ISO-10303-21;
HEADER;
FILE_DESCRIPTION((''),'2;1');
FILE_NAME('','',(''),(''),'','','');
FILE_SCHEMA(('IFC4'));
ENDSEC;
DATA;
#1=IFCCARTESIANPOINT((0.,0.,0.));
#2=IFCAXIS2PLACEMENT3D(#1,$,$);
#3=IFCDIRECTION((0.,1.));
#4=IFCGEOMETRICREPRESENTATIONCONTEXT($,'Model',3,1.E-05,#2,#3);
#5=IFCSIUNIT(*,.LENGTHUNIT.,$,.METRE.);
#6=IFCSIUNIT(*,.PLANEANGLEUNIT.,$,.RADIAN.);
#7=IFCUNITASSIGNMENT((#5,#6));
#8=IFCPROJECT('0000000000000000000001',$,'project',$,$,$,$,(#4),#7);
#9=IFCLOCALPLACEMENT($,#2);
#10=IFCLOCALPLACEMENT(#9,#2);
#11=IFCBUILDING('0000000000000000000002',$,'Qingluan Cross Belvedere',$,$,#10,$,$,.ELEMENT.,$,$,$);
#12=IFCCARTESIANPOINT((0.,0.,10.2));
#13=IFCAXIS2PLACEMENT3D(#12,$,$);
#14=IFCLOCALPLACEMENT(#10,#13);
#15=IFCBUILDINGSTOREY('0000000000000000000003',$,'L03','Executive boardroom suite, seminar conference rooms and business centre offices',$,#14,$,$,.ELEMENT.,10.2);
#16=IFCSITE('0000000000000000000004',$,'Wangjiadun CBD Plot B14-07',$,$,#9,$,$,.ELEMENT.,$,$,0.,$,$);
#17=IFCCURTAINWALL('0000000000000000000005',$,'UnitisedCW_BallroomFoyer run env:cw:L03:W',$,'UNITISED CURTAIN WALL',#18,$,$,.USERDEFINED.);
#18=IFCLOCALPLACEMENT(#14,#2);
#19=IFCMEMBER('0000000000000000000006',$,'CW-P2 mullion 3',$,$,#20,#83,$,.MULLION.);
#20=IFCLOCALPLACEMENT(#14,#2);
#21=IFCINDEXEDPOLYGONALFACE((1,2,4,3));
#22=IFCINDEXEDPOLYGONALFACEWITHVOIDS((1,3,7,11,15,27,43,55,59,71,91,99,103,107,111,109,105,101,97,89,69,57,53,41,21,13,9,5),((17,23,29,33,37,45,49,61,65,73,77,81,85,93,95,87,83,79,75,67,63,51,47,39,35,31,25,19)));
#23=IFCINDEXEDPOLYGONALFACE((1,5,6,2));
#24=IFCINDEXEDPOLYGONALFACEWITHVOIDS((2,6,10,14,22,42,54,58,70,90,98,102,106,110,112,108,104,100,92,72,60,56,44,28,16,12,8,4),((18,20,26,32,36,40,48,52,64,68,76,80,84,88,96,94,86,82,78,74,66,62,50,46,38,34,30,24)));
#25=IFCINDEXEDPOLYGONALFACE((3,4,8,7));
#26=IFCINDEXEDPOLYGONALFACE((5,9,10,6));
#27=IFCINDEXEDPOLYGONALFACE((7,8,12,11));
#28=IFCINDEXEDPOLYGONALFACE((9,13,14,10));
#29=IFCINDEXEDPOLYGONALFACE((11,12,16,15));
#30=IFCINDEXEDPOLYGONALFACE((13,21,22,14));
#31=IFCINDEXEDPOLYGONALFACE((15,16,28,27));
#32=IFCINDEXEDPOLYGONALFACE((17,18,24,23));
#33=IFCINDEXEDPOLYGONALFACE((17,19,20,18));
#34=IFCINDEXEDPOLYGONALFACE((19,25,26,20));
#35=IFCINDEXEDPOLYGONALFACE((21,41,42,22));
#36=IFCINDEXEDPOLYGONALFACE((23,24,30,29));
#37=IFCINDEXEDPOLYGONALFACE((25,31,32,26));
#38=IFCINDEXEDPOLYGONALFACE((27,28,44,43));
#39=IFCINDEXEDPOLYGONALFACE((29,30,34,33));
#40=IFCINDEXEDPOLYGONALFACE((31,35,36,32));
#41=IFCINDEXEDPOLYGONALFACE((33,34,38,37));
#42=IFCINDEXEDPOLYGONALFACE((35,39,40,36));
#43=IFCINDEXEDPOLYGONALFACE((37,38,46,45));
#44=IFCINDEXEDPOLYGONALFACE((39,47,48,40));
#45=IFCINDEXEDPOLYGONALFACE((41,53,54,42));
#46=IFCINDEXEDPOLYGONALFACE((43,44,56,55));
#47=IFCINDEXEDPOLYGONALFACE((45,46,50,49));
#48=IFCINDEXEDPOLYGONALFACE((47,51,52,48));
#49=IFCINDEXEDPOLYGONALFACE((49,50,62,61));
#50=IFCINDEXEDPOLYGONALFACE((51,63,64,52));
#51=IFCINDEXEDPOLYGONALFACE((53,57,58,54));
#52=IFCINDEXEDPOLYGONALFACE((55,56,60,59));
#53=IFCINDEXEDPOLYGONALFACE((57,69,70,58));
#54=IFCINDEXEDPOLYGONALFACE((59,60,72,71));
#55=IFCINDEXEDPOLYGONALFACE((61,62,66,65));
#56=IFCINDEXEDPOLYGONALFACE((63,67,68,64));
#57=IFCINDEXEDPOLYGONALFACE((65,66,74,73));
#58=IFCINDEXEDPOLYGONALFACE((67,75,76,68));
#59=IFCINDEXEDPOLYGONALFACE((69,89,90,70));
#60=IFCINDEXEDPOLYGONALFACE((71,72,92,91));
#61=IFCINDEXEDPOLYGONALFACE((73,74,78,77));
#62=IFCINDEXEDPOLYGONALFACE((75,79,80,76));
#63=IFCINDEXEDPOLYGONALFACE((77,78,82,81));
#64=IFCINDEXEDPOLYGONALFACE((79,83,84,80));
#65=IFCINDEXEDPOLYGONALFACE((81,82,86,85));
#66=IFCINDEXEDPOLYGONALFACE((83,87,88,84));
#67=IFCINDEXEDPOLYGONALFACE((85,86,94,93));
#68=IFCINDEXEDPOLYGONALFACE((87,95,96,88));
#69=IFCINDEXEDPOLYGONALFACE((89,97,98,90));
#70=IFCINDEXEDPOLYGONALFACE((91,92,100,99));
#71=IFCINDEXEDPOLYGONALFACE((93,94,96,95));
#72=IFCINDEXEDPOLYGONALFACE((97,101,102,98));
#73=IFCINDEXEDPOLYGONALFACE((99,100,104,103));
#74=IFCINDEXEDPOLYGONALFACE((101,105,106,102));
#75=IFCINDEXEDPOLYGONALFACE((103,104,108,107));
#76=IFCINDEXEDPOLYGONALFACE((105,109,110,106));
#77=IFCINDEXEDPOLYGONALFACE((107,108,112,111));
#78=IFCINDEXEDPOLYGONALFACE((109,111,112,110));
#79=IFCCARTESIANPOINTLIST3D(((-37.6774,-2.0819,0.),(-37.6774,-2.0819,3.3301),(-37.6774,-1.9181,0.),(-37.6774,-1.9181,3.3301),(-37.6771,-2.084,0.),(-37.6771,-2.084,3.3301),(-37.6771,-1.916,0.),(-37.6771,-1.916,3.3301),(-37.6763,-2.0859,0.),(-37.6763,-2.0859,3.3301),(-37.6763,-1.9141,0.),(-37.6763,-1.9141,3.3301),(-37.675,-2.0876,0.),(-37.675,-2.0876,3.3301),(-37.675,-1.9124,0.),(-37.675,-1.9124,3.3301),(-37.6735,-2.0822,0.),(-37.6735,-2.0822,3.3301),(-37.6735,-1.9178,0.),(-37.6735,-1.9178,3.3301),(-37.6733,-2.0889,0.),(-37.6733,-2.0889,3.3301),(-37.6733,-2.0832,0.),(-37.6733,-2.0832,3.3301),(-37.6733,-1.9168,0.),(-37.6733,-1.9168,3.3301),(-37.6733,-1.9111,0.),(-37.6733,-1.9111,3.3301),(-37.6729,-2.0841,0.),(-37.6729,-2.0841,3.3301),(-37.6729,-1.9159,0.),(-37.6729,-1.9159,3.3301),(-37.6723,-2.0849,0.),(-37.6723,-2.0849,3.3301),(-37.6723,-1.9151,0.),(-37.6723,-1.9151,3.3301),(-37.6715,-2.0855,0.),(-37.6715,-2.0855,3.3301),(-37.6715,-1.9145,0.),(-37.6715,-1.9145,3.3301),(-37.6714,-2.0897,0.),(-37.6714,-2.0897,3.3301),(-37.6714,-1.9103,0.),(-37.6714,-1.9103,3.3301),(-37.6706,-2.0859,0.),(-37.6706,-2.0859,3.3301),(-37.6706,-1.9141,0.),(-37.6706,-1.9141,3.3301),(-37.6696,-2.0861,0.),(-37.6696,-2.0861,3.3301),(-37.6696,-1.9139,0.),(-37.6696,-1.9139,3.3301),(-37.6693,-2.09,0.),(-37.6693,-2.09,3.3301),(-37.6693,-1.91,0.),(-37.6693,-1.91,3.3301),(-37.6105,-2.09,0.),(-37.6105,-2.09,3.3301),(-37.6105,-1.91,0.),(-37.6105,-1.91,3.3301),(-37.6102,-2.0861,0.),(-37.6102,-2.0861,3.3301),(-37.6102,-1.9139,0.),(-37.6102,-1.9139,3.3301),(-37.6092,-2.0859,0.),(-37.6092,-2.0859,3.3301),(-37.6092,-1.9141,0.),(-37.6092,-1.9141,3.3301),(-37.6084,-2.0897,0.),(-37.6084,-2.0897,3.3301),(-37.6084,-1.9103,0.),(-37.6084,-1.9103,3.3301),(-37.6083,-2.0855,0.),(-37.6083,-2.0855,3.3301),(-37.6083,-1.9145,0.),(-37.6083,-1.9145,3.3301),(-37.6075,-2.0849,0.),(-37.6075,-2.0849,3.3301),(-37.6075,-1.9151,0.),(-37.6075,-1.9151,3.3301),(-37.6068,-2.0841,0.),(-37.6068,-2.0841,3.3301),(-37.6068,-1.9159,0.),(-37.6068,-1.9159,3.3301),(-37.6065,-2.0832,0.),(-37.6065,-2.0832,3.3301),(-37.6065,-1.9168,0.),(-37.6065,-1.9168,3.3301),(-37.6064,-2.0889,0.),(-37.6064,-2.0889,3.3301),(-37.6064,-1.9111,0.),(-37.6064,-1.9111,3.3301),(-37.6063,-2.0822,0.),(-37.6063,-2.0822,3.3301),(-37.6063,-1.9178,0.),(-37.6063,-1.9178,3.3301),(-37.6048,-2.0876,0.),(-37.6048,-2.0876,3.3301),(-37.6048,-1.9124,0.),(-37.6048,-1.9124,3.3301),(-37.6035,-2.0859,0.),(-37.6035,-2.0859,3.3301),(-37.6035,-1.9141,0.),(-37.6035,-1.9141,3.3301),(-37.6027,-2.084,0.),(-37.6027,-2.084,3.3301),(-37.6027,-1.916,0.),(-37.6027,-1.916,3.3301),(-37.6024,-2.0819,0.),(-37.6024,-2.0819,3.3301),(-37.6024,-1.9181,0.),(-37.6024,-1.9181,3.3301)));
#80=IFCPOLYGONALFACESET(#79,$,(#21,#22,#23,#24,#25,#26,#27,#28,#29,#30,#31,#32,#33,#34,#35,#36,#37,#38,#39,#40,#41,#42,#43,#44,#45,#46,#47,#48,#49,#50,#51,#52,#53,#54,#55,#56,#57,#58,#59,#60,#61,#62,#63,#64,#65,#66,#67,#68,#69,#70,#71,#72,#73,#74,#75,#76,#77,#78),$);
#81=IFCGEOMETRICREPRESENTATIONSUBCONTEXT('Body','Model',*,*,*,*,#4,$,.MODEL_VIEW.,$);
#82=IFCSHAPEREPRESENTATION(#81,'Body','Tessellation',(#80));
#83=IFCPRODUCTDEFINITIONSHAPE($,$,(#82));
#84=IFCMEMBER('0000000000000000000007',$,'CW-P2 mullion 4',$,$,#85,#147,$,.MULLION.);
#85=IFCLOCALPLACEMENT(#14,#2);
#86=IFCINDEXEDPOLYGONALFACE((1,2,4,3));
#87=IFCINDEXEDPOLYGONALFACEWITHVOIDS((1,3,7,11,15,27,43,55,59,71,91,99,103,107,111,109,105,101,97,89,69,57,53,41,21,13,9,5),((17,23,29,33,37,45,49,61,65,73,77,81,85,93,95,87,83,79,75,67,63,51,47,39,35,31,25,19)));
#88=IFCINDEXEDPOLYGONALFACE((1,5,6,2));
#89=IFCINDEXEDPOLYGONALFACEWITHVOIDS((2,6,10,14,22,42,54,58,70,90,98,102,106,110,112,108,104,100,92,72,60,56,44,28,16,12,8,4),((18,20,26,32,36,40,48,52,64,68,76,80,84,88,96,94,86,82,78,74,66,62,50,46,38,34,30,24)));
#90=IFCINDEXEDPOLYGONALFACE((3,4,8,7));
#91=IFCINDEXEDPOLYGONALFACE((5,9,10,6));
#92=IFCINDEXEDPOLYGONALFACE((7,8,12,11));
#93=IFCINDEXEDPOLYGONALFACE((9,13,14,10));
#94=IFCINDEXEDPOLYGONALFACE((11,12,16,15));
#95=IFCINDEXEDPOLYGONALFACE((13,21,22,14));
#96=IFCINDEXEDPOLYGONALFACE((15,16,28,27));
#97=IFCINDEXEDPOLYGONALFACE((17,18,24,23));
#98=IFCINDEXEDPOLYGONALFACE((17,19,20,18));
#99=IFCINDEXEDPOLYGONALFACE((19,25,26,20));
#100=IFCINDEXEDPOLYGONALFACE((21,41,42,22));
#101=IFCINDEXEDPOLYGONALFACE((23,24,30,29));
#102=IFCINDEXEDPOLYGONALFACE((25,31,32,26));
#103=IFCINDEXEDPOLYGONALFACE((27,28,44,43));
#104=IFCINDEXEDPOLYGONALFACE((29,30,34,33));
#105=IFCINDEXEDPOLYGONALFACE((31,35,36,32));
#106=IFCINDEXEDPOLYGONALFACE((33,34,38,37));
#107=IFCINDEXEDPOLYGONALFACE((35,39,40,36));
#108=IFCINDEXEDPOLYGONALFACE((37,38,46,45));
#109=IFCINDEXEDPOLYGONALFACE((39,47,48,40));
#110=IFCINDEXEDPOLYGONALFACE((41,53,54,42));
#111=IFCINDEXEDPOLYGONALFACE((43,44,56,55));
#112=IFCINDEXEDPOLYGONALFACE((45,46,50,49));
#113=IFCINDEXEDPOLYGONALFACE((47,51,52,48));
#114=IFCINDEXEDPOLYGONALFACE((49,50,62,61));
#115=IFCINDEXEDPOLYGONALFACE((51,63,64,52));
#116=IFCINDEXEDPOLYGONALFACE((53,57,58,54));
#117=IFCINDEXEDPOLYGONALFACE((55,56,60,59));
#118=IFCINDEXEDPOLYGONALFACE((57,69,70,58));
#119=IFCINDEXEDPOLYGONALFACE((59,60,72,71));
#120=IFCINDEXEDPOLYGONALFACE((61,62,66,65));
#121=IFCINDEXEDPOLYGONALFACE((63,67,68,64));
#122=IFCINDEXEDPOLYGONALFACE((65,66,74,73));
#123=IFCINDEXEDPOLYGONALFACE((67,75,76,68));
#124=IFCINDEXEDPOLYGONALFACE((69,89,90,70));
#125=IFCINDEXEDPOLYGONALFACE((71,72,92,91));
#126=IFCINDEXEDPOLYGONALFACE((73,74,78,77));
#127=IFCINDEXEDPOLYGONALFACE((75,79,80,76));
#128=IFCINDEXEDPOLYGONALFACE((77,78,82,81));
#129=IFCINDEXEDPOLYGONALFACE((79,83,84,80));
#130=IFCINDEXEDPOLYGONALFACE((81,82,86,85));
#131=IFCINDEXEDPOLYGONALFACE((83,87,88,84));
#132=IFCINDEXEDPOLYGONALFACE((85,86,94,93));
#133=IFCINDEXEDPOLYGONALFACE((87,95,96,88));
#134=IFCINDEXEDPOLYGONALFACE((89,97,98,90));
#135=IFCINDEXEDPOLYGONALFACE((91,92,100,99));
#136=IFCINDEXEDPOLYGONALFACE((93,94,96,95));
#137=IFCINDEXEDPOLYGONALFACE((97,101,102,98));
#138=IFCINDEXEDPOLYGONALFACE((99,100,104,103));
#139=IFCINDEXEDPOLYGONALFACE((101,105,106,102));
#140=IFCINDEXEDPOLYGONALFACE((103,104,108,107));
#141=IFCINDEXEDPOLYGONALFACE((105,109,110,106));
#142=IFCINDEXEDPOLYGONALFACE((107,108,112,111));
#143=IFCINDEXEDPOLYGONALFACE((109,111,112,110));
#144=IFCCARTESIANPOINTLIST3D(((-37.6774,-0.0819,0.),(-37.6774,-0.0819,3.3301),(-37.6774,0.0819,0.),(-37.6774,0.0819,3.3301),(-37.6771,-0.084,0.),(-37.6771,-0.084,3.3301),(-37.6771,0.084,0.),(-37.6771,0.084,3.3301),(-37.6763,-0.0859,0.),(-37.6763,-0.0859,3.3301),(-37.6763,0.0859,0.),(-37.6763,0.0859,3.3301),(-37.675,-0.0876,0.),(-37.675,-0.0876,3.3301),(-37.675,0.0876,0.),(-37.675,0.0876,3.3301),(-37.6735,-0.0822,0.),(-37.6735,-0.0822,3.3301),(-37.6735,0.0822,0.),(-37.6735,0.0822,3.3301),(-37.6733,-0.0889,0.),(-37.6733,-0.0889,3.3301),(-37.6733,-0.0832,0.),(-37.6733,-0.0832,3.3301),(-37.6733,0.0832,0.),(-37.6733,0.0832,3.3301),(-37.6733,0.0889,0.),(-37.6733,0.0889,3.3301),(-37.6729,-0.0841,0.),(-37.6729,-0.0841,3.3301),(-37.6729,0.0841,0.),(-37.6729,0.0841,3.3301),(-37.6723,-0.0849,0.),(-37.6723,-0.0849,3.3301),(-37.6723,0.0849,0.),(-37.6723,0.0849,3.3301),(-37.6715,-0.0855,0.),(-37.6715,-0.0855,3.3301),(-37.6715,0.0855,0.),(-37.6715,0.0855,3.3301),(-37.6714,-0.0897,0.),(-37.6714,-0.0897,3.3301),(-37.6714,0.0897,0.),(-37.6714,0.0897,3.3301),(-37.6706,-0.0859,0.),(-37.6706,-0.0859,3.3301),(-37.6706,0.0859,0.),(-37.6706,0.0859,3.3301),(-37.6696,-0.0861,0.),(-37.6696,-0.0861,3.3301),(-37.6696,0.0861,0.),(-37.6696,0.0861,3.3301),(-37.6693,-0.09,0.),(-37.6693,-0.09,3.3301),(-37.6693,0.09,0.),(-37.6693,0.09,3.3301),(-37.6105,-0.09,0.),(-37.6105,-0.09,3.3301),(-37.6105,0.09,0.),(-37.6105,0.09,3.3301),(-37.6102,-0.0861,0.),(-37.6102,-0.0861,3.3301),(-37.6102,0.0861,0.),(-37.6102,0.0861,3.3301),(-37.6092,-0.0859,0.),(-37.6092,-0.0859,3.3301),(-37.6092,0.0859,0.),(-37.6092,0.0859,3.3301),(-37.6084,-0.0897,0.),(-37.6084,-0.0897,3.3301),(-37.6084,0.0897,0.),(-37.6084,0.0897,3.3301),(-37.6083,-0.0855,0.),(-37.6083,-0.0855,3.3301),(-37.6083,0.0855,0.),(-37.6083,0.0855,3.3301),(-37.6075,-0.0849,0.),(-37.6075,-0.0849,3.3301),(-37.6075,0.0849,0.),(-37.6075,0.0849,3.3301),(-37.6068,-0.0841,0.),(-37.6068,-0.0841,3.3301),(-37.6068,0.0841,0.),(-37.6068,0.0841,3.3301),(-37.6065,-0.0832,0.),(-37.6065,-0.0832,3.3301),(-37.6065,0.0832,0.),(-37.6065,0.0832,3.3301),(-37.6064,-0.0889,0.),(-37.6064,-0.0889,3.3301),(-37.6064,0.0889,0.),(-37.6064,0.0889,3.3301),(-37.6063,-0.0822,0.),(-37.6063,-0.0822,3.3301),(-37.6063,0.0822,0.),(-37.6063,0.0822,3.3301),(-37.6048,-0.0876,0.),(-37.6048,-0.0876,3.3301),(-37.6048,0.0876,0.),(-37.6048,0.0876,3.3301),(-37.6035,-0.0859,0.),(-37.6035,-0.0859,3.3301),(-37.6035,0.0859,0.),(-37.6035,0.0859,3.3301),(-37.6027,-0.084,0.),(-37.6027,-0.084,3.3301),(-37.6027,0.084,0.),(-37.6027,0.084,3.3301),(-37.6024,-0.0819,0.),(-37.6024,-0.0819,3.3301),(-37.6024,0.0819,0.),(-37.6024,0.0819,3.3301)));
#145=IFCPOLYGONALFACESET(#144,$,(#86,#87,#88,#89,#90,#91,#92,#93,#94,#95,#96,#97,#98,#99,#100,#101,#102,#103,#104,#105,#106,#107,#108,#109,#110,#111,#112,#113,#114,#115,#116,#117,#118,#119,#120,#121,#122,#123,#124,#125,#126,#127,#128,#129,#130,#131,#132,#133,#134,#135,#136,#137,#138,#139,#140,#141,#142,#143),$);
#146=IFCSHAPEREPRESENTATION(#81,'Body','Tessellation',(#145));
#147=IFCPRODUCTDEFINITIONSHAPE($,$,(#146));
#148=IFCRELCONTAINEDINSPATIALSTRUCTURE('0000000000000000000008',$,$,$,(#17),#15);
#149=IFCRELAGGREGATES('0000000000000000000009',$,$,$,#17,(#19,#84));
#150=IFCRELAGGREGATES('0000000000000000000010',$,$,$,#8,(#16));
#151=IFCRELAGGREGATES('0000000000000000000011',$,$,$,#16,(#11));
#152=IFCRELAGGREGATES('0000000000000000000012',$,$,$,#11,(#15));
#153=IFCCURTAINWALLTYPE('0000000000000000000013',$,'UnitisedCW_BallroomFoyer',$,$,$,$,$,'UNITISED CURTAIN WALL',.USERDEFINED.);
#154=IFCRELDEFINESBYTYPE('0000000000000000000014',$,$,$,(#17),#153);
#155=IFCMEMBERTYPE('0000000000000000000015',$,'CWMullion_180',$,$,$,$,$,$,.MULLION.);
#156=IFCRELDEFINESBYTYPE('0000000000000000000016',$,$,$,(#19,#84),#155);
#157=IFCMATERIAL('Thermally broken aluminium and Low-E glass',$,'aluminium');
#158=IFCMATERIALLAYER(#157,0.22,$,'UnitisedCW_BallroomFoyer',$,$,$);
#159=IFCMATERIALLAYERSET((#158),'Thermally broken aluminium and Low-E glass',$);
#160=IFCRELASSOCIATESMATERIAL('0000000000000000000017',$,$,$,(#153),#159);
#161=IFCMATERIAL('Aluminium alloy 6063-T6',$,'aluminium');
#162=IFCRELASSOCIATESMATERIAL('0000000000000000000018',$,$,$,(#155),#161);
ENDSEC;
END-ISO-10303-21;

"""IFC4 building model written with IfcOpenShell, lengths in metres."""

from ifc_helpers import new_model, si_unit, direction, frame, origin, origin_2d, place, context, subcontext, project, spatial, hollow_rectangle, extrude, material, layer, layer_set, material_profile, profile_set, type_object, element, aggregate, save


model = new_model("IFC4")

# Units and contexts
model_context = context("Model", 3, precision=1e-05, world=origin(), true_north=direction((0.0, 1.0)))
body_context = subcontext(model_context, "Body", "Model", "MODEL_VIEW")
ifc_project = project(units=[si_unit("LENGTHUNIT", "METRE"), si_unit("PLANEANGLEUNIT", "RADIAN")], contexts=[model_context])

# Site, building, storey
site_placement = place(None, origin())
site = spatial("IfcSite", under=ifc_project, at=site_placement, Name="Wangjiadun CBD Plot B14-07", CompositionType="ELEMENT", RefElevation=0.0)
building_placement = place(site_placement, origin())
building = spatial("IfcBuilding", under=site, at=building_placement, Name="Qingluan Cross Belvedere", CompositionType="ELEMENT")
storey_placement = place(building_placement, frame((0.0, 0.0, 10.2)))
storey = spatial("IfcBuildingStorey", under=building, at=storey_placement, Name="L03", Description="Executive boardroom suite, seminar conference rooms and business centre offices", CompositionType="ELEMENT", Elevation=10.2)

# Curtain wall, members
ifc_material_1 = material(Name="Thermally broken aluminium and Low-E glass", Category="aluminium")
ifc_layer_1 = layer(ifc_material_1, 0.22, Name="UnitisedCW_BallroomFoyer")
ifc_layer_set_1 = layer_set([ifc_layer_1], Name="Thermally broken aluminium and Low-E glass")
curtain_wall_type = type_object("IfcCurtainWallType", Name="UnitisedCW_BallroomFoyer", ElementType="UNITISED CURTAIN WALL", PredefinedType="USERDEFINED", material=ifc_layer_set_1)
curtain_wall_placement = place(storey_placement, origin())
curtain_wall = element("IfcCurtainWall", 1, at=curtain_wall_placement, inside=storey, type_object=curtain_wall_type, Name="UnitisedCW_BallroomFoyer run env:cw:L03:W", ObjectType="UNITISED CURTAIN WALL", PredefinedType="USERDEFINED")
ifc_material_2 = material(Name="Aluminium alloy 6063-T6", Category="aluminium")
ifc_material_profile_1 = material_profile(ifc_material_2, hollow_rectangle(XDim=0.075, YDim=0.1799, WallThickness=0.0039, InnerFilletRadius=0.0039, OuterFilletRadius=0.0081, at=origin_2d()), Name="CWM180x75x4")
ifc_profile_set_1 = profile_set([ifc_material_profile_1], Name="Aluminium alloy 6063-T6")
member_type_1 = type_object("IfcMemberType", Name="CWMullion_180", PredefinedType="MULLION", material=ifc_profile_set_1)
member_1_placement = place(storey_placement, frame((-37.6399, -2.0, 0.0), z_axis=(0.0, 0.0, 1.0), x_axis=(-1.0, 0.0, 0.0)))
member_1 = element("IfcMember", 2, at=member_1_placement, type_object=member_type_1, Name="CW-P2 mullion 3", PredefinedType="MULLION", context=body_context, shape_type="SweptSolid", body=[
    extrude(hollow_rectangle(XDim=0.075, YDim=0.1799, WallThickness=0.0039, InnerFilletRadius=0.0039, OuterFilletRadius=0.0081, at=origin_2d()), origin(), (0.0, 0.0, 1.0), 3.3301),
])
member_2_placement = place(storey_placement, frame((-37.6399, 0.0, 0.0), z_axis=(0.0, 0.0, 1.0), x_axis=(-1.0, 0.0, 0.0)))
member_2 = element("IfcMember", 3, at=member_2_placement, type_object=member_type_1, Name="CW-P2 mullion 4", PredefinedType="MULLION", context=body_context, shape_type="SweptSolid", body=[
    extrude(hollow_rectangle(XDim=0.075, YDim=0.1799, WallThickness=0.0039, InnerFilletRadius=0.0039, OuterFilletRadius=0.0081, at=origin_2d()), origin(), (0.0, 0.0, 1.0), 3.3301),
])
aggregate(curtain_wall, [member_1, member_2])

save(model, "model.ifc")
